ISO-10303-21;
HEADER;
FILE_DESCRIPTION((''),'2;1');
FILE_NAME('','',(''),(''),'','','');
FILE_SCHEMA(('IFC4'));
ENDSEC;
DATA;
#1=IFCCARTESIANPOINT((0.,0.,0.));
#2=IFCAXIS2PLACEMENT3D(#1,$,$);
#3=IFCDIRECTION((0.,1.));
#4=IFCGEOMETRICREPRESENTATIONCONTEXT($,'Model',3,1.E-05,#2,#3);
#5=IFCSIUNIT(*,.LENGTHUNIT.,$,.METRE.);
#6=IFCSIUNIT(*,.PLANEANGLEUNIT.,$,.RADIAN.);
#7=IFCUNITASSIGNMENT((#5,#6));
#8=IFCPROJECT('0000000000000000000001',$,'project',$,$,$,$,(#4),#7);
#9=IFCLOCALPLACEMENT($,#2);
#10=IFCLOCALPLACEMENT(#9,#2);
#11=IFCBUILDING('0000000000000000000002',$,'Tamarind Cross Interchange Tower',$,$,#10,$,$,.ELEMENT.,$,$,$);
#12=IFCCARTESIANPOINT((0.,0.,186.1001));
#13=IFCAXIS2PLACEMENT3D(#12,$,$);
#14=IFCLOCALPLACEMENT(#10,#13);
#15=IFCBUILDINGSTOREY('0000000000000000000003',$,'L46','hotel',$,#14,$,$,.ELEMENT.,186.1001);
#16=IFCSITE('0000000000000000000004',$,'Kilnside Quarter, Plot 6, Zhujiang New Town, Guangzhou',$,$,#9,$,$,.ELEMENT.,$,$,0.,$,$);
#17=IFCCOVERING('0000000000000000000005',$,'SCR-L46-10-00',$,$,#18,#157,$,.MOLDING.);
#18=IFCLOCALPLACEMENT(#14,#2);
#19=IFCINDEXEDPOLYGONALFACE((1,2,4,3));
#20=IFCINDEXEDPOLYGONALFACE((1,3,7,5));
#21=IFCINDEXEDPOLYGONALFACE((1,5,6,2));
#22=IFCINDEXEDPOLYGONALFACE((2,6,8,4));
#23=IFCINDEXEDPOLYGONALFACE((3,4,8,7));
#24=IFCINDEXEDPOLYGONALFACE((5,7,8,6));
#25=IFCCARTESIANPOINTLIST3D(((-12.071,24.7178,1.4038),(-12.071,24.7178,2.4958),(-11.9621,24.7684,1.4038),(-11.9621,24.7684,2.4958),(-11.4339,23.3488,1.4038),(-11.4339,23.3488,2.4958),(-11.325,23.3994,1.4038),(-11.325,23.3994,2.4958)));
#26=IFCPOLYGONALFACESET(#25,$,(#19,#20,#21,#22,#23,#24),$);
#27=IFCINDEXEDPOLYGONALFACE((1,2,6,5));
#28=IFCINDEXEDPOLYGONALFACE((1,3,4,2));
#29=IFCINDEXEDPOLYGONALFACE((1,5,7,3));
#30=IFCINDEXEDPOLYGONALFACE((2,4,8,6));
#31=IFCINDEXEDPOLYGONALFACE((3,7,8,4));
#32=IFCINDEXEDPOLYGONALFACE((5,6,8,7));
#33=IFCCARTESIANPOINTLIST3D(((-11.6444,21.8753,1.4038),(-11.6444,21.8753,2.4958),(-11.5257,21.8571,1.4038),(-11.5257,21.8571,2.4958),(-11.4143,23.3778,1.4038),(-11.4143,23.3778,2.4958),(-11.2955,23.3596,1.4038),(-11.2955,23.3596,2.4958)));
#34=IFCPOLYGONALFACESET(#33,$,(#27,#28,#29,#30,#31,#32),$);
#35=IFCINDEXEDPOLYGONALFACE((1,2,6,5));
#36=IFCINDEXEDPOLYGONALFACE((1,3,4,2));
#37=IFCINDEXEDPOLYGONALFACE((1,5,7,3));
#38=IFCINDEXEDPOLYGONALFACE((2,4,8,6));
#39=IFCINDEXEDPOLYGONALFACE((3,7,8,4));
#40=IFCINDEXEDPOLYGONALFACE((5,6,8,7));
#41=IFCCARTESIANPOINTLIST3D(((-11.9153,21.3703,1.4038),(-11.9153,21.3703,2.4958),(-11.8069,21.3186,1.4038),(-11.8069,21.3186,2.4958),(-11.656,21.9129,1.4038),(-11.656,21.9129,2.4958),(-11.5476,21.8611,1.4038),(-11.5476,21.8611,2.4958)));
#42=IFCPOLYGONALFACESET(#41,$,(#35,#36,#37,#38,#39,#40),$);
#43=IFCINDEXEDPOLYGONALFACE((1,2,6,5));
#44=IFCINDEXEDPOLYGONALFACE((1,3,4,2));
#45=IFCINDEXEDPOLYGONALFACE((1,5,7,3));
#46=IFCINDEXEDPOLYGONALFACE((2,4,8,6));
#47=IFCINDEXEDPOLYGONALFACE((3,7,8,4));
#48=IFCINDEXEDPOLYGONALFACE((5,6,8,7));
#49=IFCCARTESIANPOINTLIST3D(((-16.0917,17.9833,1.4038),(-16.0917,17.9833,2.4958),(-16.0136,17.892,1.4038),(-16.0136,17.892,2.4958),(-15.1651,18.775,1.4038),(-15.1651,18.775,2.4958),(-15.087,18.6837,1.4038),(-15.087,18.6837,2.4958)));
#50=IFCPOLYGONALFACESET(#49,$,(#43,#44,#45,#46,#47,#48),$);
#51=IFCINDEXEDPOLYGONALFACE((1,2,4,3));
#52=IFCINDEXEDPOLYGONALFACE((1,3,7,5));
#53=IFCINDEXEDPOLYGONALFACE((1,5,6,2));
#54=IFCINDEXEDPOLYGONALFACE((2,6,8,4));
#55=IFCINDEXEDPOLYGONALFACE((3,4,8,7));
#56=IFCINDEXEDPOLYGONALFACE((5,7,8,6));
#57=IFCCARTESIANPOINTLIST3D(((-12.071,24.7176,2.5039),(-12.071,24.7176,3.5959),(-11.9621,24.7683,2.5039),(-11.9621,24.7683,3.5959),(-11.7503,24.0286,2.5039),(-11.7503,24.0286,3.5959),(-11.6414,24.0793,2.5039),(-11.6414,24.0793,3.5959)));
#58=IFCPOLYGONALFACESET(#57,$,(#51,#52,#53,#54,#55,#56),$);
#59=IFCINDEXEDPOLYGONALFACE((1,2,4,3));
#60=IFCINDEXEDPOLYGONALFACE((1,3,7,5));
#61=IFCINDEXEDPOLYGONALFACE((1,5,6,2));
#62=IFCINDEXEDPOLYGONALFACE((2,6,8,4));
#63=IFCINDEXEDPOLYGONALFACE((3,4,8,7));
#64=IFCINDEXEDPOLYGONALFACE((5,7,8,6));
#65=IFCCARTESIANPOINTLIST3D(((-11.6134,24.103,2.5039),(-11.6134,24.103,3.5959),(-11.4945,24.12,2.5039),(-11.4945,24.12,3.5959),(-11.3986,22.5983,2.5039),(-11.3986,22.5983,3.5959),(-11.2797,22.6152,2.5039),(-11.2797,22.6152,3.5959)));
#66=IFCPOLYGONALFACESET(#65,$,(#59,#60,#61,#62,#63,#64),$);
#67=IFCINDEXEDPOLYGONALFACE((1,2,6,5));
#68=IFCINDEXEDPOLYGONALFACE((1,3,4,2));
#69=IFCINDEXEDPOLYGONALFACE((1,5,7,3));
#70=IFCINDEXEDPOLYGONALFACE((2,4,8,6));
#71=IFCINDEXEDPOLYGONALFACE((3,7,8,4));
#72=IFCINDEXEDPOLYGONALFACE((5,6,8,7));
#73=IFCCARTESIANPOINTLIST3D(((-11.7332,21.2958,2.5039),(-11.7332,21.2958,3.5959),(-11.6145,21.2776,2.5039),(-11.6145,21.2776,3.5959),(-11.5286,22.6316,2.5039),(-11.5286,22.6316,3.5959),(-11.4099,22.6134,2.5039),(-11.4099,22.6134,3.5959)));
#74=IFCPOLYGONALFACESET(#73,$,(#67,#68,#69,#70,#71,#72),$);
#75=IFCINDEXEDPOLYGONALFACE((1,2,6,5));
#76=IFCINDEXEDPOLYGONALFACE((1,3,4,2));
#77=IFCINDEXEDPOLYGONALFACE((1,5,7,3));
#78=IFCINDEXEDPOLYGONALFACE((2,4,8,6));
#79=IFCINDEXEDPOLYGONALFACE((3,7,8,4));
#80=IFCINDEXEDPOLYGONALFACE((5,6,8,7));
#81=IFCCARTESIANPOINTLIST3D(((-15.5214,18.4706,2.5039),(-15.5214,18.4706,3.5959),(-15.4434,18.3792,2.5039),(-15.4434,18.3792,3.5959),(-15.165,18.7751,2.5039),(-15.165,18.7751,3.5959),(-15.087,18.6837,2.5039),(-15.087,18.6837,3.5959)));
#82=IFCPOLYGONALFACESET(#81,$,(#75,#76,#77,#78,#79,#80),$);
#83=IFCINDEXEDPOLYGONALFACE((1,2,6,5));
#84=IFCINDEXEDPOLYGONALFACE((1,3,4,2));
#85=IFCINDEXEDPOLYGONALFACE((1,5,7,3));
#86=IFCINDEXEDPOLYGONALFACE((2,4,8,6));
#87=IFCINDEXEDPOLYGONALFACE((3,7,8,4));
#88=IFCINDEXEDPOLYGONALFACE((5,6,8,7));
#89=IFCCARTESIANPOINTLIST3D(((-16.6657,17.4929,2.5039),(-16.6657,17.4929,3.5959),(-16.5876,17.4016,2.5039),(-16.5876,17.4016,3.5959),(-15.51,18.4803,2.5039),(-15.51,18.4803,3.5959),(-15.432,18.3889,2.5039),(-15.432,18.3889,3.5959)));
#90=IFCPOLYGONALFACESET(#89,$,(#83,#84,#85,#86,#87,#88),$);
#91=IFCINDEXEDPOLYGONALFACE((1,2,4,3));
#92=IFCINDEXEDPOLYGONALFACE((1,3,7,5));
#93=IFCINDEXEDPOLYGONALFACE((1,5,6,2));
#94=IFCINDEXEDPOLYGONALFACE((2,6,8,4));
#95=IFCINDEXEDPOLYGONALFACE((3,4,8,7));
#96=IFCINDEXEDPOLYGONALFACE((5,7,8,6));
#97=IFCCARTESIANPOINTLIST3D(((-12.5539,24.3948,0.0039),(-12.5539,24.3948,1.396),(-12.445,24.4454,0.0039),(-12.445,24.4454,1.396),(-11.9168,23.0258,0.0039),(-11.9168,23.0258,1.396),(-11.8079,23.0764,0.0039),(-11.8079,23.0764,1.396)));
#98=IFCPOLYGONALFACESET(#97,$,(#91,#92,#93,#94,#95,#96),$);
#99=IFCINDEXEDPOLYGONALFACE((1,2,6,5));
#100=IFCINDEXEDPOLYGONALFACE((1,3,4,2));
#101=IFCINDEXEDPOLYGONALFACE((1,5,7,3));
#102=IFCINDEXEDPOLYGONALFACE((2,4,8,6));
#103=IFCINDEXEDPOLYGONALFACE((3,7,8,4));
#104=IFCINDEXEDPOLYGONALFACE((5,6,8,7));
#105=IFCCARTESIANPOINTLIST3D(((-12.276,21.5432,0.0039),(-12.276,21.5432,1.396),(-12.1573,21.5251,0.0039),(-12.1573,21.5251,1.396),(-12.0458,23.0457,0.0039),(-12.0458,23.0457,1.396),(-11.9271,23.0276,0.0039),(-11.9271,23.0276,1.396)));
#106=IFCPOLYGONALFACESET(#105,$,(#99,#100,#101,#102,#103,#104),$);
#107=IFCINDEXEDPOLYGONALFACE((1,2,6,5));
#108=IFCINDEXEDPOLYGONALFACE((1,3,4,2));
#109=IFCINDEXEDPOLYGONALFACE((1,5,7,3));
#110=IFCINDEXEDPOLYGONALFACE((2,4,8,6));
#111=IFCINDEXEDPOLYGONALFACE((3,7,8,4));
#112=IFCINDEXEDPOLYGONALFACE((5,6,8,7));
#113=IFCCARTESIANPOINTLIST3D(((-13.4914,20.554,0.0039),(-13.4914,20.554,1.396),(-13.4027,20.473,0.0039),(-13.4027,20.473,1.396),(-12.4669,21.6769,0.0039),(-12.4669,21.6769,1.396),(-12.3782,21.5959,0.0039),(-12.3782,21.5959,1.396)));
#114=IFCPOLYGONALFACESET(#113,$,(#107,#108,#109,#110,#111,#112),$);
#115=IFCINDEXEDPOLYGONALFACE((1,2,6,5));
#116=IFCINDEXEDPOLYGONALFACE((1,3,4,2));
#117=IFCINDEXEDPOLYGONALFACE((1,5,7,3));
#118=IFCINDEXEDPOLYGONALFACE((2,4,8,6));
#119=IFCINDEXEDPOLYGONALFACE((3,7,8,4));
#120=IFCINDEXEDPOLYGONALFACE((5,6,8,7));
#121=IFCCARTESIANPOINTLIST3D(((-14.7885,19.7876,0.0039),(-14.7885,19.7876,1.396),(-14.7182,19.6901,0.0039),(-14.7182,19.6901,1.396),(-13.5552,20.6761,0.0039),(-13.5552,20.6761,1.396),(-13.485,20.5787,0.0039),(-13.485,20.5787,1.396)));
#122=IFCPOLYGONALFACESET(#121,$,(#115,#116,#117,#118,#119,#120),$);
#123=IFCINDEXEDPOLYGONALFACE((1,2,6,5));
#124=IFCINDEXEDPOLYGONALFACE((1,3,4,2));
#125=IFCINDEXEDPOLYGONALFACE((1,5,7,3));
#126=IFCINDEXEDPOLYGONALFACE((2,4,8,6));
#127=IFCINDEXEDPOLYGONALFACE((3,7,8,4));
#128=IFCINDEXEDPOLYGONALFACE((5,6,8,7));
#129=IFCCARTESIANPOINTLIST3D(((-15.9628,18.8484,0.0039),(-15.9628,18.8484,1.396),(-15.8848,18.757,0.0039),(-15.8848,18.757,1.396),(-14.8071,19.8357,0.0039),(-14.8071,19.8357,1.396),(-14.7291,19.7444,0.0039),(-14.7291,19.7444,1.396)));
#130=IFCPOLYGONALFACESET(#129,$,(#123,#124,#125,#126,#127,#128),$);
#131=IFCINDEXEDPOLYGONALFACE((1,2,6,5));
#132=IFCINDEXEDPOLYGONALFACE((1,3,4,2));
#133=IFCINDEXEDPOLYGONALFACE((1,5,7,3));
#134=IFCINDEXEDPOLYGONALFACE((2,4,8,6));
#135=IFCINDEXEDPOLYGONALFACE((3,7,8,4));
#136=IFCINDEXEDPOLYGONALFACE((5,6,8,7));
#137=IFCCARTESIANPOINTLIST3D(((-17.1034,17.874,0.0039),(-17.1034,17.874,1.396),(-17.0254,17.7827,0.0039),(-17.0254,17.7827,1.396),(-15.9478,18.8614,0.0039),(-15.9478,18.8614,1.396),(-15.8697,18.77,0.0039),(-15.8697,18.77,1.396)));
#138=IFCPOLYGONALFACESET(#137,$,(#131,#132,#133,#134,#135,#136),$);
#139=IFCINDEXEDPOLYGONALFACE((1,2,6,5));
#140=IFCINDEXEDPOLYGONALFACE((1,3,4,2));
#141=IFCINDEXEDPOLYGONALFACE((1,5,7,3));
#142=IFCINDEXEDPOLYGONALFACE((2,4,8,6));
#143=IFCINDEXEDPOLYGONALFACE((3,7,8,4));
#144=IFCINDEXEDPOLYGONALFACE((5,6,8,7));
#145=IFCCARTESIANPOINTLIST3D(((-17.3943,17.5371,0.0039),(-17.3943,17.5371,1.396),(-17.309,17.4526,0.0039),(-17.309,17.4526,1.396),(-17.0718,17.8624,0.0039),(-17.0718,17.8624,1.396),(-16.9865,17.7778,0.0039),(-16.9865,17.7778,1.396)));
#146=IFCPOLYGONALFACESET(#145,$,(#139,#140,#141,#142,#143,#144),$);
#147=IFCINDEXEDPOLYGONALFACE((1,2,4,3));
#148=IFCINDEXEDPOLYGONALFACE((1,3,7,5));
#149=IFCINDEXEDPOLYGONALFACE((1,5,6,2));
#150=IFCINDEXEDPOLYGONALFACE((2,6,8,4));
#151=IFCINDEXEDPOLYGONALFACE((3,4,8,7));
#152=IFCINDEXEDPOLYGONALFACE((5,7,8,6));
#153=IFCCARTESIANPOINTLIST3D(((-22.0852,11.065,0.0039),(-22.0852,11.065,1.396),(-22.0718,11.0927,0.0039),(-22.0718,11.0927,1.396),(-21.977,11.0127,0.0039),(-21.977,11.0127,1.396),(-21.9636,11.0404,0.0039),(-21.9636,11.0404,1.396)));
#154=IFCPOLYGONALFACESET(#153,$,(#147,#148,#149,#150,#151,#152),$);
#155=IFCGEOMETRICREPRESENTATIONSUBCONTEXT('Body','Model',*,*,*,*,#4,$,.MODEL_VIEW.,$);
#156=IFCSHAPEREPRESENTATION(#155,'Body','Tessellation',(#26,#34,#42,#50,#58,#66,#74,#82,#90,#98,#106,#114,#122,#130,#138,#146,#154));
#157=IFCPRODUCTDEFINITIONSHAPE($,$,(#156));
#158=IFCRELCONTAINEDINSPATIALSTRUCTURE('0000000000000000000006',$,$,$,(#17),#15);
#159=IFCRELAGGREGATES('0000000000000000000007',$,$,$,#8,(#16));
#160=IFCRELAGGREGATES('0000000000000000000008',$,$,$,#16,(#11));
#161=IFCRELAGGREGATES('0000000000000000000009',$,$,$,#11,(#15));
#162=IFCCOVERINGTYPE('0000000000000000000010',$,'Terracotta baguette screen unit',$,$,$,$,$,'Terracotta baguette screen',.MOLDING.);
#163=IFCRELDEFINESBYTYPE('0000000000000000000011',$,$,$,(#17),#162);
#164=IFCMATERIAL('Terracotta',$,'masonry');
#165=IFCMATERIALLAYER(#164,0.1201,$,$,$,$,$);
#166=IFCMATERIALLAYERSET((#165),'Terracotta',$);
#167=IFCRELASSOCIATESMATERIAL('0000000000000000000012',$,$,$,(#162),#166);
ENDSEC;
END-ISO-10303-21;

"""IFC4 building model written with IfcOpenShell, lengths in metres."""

from ifc_helpers import new_model, si_unit, direction, frame, origin, origin_2d, place, context, subcontext, project, spatial, rectangle, extrude, material, layer, layer_set, type_object, element, save


model = new_model("IFC4")

# Units and contexts
model_context = context("Model", 3, precision=1e-05, world=origin(), true_north=direction((0.0, 1.0)))
body_context = subcontext(model_context, "Body", "Model", "MODEL_VIEW")
ifc_project = project(units=[si_unit("LENGTHUNIT", "METRE"), si_unit("PLANEANGLEUNIT", "RADIAN")], contexts=[model_context])

# Site, building, storey
site_placement = place(None, origin())
site = spatial("IfcSite", under=ifc_project, at=site_placement, Name="Kilnside Quarter, Plot 6, Zhujiang New Town, Guangzhou", CompositionType="ELEMENT", RefElevation=0.0)
building_placement = place(site_placement, origin())
building = spatial("IfcBuilding", under=site, at=building_placement, Name="Tamarind Cross Interchange Tower", CompositionType="ELEMENT")
storey_placement = place(building_placement, frame((0.0, 0.0, 186.1001)))
storey = spatial("IfcBuildingStorey", under=building, at=storey_placement, Name="L46", Description="hotel", CompositionType="ELEMENT", Elevation=186.1001)

# Covering
ifc_material_1 = material(Name="Terracotta", Category="masonry")
ifc_layer_1 = layer(ifc_material_1, 0.1201)
ifc_layer_set_1 = layer_set([ifc_layer_1], Name="Terracotta")
covering_type = type_object("IfcCoveringType", Name="Terracotta baguette screen unit", ElementType="Terracotta baguette screen", PredefinedType="MOLDING", material=ifc_layer_set_1)
covering_1_placement = place(storey_placement, origin())
element("IfcCovering", 1, at=covering_1_placement, inside=storey, type_object=covering_type, Name="SCR-L46-10-00", PredefinedType="MOLDING", context=body_context, shape_type="SweptSolid", body=[
    extrude(rectangle(XDim=1.51, YDim=0.1201, at=origin_2d()), frame((-11.698, 24.0586, 1.4038), z_axis=(0.0, 0.0, 1.0), x_axis=(0.421958, -0.906616, 0.0)), (0.0, 0.0, 1.0), 1.092),
    extrude(rectangle(XDim=1.52, YDim=0.1201, at=origin_2d()), frame((-11.47, 22.6174, 1.4038), z_axis=(0.0, 0.0, 1.0), x_axis=(-0.151421, -0.988469, 0.0)), (0.0, 0.0, 1.0), 1.092),
    extrude(rectangle(XDim=0.6013, YDim=0.1201, at=origin_2d()), frame((-11.7314, 21.6157, 1.4038), z_axis=(0.0, 0.0, 1.0), x_axis=(-0.431189, -0.902262, 0.0)), (0.0, 0.0, 1.0), 1.092),
    extrude(rectangle(XDim=1.2188, YDim=0.1201, at=origin_2d()), frame((-15.5894, 18.3335, 1.4038), z_axis=(0.0, 0.0, 1.0), x_axis=(-0.760296, -0.649577, 0.0)), (0.0, 0.0, 1.0), 1.092),
    extrude(rectangle(XDim=0.76, YDim=0.1201, at=origin_2d()), frame((-11.8562, 24.3984, 2.5039), z_axis=(0.0, 0.0, 1.0), x_axis=(0.421958, -0.906616, 0.0)), (0.0, 0.0, 1.0), 1.092),
    extrude(rectangle(XDim=1.52, YDim=0.1201, at=origin_2d()), frame((-11.4465, 23.3591, 2.5039), z_axis=(0.0, 0.0, 1.0), x_axis=(0.141324, -0.989963, 0.0)), (0.0, 0.0, 1.0), 1.092),
    extrude(rectangle(XDim=1.3513, YDim=0.1201, at=origin_2d()), frame((-11.5715, 21.9546, 2.5039), z_axis=(0.0, 0.0, 1.0), x_axis=(-0.151421, -0.988469, 0.0)), (0.0, 0.0, 1.0), 1.092),
    extrude(rectangle(XDim=0.4688, YDim=0.1201, at=origin_2d()), frame((-15.3042, 18.5771, 2.5039), z_axis=(0.0, 0.0, 1.0), x_axis=(-0.760296, -0.649577, 0.0)), (0.0, 0.0, 1.0), 1.092),
    extrude(rectangle(XDim=1.52, YDim=0.1201, at=origin_2d()), frame((-16.0488, 17.9409, 2.5039), z_axis=(0.0, 0.0, 1.0), x_axis=(-0.760296, -0.649577, 0.0)), (0.0, 0.0, 1.0), 1.092),
    extrude(rectangle(XDim=1.51, YDim=0.1201, at=origin_2d()), frame((-12.1809, 23.7356, 0.0039), z_axis=(0.0, 0.0, 1.0), x_axis=(0.421958, -0.906616, 0.0)), (0.0, 0.0, 1.0), 1.3921),
    extrude(rectangle(XDim=1.52, YDim=0.1201, at=origin_2d()), frame((-12.1016, 22.2854, 0.0039), z_axis=(0.0, 0.0, 1.0), x_axis=(-0.151421, -0.988469, 0.0)), (0.0, 0.0, 1.0), 1.3921),
    extrude(rectangle(XDim=1.52, YDim=0.1201, at=origin_2d()), frame((-12.9348, 21.075, 0.0039), z_axis=(0.0, 0.0, 1.0), x_axis=(-0.674003, -0.738729, 0.0)), (0.0, 0.0, 1.0), 1.3921),
    extrude(rectangle(XDim=1.52, YDim=0.1201, at=origin_2d()), frame((-14.1367, 20.1831, 0.0039), z_axis=(0.0, 0.0, 1.0), x_axis=(-0.81134, -0.584574, 0.0)), (0.0, 0.0, 1.0), 1.3921),
    extrude(rectangle(XDim=1.52, YDim=0.1201, at=origin_2d()), frame((-15.3459, 19.2964, 0.0039), z_axis=(0.0, 0.0, 1.0), x_axis=(-0.760296, -0.649577, 0.0)), (0.0, 0.0, 1.0), 1.3921),
    extrude(rectangle(XDim=1.52, YDim=0.1201, at=origin_2d()), frame((-16.4866, 18.322, 0.0039), z_axis=(0.0, 0.0, 1.0), x_axis=(-0.760296, -0.649577, 0.0)), (0.0, 0.0, 1.0), 1.3921),
    extrude(rectangle(XDim=0.458, YDim=0.1201, at=origin_2d()), frame((-17.1904, 17.6575, 0.0039), z_axis=(0.0, 0.0, 1.0), x_axis=(-0.704057, -0.710143, 0.0)), (0.0, 0.0, 1.0), 1.3921),
    extrude(rectangle(XDim=0.0308, YDim=0.1201, at=origin_2d()), frame((-22.0244, 11.0527, 0.0039), z_axis=(0.0, 0.0, 1.0), x_axis=(-0.435326, -0.900273, 0.0)), (0.0, 0.0, 1.0), 1.3921),
])

save(model, "model.ifc")
